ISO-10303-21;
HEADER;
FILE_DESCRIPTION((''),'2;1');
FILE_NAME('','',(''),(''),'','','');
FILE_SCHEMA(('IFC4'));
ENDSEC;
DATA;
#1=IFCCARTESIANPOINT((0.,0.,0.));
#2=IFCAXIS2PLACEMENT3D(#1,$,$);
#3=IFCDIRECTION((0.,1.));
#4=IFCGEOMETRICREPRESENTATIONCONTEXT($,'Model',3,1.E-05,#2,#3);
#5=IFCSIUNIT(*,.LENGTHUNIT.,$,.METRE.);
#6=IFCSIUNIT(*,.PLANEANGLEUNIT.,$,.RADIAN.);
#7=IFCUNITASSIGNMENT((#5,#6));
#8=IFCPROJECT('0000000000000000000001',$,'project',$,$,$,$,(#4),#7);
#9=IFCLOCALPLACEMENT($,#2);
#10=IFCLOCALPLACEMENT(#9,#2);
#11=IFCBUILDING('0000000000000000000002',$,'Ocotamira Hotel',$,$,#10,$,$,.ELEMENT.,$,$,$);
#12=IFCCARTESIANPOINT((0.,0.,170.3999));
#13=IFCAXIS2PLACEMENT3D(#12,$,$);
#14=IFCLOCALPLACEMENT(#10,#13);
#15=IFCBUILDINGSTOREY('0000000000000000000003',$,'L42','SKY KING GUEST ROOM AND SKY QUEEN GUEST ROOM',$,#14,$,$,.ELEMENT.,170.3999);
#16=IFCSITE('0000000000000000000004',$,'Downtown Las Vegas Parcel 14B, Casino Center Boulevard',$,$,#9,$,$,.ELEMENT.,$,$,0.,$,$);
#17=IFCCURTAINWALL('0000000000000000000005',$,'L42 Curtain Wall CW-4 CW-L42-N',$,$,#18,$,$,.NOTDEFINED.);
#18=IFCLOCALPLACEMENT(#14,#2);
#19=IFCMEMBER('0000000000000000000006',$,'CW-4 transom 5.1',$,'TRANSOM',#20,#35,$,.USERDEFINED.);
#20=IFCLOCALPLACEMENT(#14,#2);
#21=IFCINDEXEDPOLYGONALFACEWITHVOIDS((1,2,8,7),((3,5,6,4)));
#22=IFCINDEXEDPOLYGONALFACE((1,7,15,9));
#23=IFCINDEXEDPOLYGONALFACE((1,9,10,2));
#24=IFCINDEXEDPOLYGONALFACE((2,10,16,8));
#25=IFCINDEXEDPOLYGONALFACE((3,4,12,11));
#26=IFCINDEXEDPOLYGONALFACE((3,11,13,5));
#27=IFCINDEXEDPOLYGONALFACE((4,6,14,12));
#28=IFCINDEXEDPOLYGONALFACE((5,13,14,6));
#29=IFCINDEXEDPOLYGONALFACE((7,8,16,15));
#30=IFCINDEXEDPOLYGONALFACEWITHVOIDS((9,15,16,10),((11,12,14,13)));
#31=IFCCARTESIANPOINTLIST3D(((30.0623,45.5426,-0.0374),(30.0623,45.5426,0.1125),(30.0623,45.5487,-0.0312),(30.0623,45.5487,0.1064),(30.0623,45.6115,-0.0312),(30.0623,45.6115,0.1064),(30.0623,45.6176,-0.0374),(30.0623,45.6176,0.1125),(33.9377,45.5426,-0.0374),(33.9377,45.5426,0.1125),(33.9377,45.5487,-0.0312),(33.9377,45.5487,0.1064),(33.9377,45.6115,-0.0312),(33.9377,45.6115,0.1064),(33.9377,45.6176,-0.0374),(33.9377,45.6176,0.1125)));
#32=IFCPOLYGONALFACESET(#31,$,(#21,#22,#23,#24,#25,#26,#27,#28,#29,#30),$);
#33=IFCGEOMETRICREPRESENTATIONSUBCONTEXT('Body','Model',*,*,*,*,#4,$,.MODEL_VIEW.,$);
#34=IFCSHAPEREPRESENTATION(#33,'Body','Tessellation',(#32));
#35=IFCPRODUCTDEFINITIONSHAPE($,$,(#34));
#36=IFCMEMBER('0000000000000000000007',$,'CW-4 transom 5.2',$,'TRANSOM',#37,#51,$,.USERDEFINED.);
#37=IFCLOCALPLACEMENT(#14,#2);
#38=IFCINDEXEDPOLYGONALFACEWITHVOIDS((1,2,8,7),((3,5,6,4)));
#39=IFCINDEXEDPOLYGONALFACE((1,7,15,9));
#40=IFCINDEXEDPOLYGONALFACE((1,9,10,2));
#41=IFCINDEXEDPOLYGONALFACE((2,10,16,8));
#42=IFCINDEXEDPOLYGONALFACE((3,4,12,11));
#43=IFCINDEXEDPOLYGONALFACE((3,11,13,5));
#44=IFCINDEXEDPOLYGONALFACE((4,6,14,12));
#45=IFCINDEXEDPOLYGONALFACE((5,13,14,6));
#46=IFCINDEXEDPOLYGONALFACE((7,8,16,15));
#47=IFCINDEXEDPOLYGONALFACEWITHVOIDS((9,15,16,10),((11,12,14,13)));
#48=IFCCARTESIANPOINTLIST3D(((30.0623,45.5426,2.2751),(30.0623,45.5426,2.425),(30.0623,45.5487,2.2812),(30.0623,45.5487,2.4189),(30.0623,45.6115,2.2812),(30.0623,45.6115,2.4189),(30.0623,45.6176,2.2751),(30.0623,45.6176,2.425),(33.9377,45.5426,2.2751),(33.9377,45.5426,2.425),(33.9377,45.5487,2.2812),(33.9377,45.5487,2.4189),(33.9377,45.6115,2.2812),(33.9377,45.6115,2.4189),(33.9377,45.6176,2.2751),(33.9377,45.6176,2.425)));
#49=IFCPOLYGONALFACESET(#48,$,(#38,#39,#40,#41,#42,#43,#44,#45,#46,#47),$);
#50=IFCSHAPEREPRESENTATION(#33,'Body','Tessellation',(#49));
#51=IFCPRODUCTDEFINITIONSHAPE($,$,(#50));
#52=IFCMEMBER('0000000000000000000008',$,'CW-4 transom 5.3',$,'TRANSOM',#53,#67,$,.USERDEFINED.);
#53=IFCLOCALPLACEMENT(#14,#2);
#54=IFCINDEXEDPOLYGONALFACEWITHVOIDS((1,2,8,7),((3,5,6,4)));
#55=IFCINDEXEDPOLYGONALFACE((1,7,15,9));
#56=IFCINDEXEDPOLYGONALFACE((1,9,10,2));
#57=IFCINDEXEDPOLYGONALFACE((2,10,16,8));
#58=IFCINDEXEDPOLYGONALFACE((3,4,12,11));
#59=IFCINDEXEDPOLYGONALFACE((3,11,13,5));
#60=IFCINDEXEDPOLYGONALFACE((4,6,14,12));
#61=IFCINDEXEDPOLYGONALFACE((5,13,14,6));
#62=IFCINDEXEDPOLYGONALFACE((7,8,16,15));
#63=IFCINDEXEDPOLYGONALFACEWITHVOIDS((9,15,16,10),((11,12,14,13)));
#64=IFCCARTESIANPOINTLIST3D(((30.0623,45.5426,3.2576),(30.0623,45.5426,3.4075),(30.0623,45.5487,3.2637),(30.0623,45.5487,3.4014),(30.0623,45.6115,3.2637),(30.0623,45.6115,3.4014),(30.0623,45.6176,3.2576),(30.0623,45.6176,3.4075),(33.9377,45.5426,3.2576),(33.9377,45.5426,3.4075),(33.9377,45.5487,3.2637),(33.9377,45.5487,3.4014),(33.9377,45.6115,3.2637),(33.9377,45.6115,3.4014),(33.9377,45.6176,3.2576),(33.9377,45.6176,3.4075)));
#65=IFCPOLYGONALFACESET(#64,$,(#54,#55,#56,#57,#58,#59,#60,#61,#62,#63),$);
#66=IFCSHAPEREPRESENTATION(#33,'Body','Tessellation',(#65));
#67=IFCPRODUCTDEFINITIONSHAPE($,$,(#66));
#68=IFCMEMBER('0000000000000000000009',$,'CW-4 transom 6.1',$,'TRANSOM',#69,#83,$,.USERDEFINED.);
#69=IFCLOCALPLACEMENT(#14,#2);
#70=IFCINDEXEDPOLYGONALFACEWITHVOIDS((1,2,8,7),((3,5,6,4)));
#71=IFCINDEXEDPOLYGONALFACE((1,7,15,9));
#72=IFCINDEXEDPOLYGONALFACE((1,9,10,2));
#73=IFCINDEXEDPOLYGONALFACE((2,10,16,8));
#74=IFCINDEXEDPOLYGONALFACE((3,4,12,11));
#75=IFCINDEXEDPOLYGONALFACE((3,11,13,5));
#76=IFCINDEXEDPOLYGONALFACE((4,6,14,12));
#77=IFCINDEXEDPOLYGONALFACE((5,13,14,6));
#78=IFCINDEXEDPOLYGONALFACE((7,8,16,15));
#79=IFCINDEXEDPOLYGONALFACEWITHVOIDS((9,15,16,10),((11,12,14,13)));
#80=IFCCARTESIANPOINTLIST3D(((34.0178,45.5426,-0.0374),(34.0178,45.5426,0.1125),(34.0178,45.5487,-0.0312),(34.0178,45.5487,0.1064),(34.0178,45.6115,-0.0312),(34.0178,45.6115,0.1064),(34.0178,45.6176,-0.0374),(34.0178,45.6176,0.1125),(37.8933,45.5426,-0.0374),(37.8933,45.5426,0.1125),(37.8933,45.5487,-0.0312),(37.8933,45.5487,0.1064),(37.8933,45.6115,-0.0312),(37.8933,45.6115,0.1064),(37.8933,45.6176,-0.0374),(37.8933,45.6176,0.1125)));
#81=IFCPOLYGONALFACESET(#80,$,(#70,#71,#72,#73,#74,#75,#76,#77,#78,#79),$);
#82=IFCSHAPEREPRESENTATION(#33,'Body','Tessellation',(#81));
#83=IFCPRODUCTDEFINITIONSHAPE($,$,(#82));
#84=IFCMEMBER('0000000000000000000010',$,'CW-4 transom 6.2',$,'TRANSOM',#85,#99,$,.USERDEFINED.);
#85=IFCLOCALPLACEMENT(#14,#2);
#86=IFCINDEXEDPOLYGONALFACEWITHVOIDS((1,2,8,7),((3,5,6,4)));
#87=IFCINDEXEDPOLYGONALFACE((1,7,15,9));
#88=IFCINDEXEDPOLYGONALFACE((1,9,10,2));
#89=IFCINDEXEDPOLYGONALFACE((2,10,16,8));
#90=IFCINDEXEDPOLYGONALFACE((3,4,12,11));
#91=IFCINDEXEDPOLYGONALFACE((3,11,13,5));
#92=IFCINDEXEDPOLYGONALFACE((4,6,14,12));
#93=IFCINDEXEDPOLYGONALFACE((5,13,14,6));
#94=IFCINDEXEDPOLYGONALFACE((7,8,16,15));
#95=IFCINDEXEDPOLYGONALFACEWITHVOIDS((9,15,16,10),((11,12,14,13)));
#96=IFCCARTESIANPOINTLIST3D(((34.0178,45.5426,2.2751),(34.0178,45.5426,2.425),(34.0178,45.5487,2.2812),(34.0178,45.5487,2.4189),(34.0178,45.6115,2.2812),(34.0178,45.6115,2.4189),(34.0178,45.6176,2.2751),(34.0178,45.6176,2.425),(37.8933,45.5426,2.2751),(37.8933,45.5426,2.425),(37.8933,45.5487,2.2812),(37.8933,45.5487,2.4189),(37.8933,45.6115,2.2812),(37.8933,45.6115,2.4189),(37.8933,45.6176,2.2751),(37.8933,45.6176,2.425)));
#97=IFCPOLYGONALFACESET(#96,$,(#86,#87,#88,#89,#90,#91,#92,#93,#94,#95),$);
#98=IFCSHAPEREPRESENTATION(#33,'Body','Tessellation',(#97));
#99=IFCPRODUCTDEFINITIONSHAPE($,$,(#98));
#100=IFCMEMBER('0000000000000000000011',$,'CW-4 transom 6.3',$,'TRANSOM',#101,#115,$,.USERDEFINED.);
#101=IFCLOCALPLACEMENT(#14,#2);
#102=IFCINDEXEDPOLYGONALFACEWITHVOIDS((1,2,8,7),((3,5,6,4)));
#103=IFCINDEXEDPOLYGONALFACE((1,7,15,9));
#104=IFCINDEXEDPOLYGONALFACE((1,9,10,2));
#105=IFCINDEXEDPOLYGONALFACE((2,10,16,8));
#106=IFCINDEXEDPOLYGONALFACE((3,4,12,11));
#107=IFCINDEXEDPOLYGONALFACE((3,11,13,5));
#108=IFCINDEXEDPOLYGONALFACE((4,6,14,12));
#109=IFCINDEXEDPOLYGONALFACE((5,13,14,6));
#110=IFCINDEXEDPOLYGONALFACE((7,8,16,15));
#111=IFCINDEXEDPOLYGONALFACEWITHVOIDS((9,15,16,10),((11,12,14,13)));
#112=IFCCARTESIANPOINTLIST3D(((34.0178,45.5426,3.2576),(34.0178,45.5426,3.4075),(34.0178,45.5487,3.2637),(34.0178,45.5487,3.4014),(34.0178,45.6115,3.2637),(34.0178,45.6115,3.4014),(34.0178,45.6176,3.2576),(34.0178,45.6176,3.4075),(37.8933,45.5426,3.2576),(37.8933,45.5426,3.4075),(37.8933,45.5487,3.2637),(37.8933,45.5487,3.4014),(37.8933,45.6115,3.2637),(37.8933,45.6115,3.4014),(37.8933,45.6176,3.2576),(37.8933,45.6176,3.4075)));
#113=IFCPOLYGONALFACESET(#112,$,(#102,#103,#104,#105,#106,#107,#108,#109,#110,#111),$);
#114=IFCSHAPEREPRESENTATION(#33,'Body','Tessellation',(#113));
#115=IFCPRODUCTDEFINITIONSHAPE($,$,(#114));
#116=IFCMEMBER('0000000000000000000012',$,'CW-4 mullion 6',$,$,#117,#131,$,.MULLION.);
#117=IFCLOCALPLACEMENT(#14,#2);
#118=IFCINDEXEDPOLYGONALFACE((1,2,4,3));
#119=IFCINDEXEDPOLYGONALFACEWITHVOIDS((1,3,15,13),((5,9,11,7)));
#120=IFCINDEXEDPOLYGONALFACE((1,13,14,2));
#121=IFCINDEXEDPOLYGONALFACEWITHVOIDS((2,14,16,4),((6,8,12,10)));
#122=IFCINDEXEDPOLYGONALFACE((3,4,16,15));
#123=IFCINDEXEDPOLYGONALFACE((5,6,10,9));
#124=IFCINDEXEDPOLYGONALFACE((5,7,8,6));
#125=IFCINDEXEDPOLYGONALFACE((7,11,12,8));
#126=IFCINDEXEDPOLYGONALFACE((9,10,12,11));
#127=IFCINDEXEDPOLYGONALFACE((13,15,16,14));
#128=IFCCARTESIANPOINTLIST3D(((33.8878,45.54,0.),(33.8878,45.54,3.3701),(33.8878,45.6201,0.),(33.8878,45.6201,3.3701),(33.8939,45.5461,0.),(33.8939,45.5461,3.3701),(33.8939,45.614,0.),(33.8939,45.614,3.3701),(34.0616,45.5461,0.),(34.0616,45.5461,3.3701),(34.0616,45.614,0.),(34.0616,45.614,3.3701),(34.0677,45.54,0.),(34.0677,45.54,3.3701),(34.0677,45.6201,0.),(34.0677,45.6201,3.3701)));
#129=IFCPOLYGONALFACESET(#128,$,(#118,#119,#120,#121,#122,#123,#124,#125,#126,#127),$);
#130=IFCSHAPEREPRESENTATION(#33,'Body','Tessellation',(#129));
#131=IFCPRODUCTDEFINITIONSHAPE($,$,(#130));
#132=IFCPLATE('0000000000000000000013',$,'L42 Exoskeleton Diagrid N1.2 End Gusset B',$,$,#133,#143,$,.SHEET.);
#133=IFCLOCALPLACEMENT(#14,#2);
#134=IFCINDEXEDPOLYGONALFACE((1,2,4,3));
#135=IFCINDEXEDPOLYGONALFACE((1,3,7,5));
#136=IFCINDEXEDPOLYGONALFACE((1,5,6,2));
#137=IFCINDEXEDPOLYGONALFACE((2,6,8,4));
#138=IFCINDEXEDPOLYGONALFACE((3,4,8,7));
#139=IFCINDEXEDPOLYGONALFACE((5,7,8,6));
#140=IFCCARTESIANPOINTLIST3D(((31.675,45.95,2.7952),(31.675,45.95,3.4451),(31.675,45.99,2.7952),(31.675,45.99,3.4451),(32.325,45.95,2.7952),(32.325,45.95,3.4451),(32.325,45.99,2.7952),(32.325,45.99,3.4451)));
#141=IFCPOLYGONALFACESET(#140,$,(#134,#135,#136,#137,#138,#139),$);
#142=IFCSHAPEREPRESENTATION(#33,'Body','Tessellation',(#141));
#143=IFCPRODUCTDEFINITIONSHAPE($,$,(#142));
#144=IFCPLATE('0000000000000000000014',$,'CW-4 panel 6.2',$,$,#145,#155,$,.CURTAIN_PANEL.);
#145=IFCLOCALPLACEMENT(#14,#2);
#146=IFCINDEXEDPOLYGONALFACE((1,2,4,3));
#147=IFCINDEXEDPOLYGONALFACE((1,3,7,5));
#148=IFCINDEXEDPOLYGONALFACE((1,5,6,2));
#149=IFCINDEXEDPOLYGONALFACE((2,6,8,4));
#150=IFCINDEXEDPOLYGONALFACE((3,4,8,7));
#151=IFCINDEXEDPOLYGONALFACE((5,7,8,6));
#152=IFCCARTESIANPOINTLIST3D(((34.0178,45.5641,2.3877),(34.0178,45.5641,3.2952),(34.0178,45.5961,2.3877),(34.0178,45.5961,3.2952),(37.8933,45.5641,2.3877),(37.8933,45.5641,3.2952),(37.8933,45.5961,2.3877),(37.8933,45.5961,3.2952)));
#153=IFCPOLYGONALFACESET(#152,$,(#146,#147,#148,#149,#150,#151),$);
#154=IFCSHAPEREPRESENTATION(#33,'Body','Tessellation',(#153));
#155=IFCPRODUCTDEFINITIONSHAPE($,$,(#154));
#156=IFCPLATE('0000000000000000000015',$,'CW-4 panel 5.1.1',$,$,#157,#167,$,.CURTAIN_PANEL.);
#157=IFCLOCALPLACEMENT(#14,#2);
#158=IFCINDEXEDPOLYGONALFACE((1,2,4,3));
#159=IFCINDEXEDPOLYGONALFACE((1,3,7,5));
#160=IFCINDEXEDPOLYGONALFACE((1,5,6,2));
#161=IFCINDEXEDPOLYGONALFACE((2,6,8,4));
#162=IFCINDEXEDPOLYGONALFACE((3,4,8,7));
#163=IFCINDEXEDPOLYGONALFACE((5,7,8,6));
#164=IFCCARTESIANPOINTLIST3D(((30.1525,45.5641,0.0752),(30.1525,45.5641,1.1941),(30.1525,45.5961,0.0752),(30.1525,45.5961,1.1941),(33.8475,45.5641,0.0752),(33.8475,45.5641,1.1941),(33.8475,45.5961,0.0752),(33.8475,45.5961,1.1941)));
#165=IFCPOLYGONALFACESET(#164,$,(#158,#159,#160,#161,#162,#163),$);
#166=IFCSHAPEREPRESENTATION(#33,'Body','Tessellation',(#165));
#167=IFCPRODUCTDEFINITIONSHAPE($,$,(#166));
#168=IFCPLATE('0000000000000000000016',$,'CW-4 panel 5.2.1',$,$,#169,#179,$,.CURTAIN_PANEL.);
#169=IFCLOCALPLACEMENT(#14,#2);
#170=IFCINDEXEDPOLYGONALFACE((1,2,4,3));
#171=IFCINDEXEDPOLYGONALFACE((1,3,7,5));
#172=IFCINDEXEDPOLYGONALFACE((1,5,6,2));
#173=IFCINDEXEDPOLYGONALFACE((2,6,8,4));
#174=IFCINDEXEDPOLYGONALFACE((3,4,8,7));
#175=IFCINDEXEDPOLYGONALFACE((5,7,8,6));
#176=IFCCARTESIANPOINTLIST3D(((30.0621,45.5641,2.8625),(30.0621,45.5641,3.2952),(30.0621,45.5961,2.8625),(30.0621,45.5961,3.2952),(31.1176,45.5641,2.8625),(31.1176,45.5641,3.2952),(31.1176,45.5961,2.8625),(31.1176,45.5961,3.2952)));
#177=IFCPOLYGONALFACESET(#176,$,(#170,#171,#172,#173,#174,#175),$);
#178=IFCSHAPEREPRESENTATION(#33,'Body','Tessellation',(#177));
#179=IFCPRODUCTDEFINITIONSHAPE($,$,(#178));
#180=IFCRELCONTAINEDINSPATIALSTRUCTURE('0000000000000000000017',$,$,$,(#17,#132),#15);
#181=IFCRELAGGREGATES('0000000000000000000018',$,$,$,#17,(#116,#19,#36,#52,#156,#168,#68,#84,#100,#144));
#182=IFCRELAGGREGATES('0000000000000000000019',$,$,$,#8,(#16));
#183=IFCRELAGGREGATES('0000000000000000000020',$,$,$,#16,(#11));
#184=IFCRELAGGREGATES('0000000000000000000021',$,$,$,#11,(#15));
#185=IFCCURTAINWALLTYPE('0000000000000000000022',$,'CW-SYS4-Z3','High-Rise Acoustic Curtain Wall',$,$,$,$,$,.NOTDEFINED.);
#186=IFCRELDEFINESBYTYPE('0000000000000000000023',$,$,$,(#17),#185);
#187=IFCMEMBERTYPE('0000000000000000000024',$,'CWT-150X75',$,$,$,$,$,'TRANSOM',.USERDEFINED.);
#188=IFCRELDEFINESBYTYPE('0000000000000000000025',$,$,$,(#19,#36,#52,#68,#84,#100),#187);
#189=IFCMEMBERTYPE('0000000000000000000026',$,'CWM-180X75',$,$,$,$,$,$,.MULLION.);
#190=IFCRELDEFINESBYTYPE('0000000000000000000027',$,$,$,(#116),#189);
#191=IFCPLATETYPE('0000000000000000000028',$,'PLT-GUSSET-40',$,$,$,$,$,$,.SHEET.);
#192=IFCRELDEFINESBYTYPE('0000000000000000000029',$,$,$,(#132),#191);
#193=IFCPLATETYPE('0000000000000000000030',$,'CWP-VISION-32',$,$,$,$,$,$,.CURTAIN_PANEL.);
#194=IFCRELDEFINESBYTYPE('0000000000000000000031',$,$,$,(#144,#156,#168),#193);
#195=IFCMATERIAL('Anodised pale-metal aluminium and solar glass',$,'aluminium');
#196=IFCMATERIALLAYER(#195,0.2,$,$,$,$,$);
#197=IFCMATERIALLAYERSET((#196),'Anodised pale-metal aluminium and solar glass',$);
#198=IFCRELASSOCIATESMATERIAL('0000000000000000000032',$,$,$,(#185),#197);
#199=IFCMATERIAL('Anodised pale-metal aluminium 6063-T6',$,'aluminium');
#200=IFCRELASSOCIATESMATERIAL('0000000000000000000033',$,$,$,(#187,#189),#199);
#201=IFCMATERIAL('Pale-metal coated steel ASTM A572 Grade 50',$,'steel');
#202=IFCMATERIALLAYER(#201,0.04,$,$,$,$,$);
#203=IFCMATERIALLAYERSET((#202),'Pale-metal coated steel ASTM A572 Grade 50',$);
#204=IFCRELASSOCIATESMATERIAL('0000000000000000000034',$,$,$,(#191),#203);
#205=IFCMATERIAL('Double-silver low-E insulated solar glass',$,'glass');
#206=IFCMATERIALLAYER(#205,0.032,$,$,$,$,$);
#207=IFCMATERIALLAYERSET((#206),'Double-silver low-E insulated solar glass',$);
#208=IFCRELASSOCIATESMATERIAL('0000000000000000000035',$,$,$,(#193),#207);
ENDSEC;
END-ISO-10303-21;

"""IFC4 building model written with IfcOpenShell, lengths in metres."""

from ifc_helpers import new_model, si_unit, direction, frame, origin, origin_2d, place, context, subcontext, project, spatial, rectangle, hollow_rectangle, extrude, source, transform, mapped, material, layer, layer_set, material_profile, profile_set, type_object, element, aggregate, save


model = new_model("IFC4")

# Units and contexts
model_context = context("Model", 3, precision=1e-05, world=origin(), true_north=direction((0.0, 1.0)))
body_context = subcontext(model_context, "Body", "Model", "MODEL_VIEW")
ifc_project = project(units=[si_unit("LENGTHUNIT", "METRE"), si_unit("PLANEANGLEUNIT", "RADIAN")], contexts=[model_context])

# Site, building, storey
site_placement = place(None, origin())
site = spatial("IfcSite", under=ifc_project, at=site_placement, Name="Downtown Las Vegas Parcel 14B, Casino Center Boulevard", CompositionType="ELEMENT", RefElevation=0.0)
building_placement = place(site_placement, origin())
building = spatial("IfcBuilding", under=site, at=building_placement, Name="Ocotamira Hotel", CompositionType="ELEMENT")
storey_placement = place(building_placement, frame((0.0, 0.0, 170.3999)))
storey = spatial("IfcBuildingStorey", under=building, at=storey_placement, Name="L42", Description="SKY KING GUEST ROOM AND SKY QUEEN GUEST ROOM", CompositionType="ELEMENT", Elevation=170.3999)

# Curtain wall, members
ifc_material_1 = material(Name="Anodised pale-metal aluminium and solar glass", Category="aluminium")
ifc_layer_1 = layer(ifc_material_1, 0.2)
ifc_layer_set_1 = layer_set([ifc_layer_1], Name="Anodised pale-metal aluminium and solar glass")
curtain_wall_type = type_object("IfcCurtainWallType", Name="CW-SYS4-Z3", Description="High-Rise Acoustic Curtain Wall", PredefinedType="NOTDEFINED", material=ifc_layer_set_1)
curtain_wall_placement = place(storey_placement, origin())
curtain_wall = element("IfcCurtainWall", 1, at=curtain_wall_placement, inside=storey, type_object=curtain_wall_type, Name="L42 Curtain Wall CW-4 CW-L42-N", PredefinedType="NOTDEFINED")
ifc_material_2 = material(Name="Anodised pale-metal aluminium 6063-T6", Category="aluminium")
ifc_material_profile_1 = material_profile(ifc_material_2, hollow_rectangle(XDim=0.075, YDim=0.1499, WallThickness=0.0061, at=origin_2d()), Name="HSS150X75X6")
ifc_profile_set_1 = profile_set([ifc_material_profile_1], Name="Anodised pale-metal aluminium 6063-T6")
member_type_1 = type_object("IfcMemberType", Name="CWT-150X75", ElementType="TRANSOM", PredefinedType="USERDEFINED", material=ifc_profile_set_1)
shared_shape_1 = source(origin(), body_context, "Body", "SweptSolid", [
    extrude(hollow_rectangle(XDim=0.075, YDim=0.1499, WallThickness=0.0061, at=origin_2d()), origin(), (0.0, 0.0, 1.0), 3.8755),
])
member_1_placement = place(storey_placement, frame((30.0623, 45.5801, 0.0376), z_axis=(1.0, 0.0, 0.0), x_axis=(0.0, 1.0, 0.0)))
member_1 = element("IfcMember", 2, at=member_1_placement, type_object=member_type_1, Name="CW-4 transom 5.1", ObjectType="TRANSOM", PredefinedType="USERDEFINED", context=body_context, shape_type="MappedRepresentation", body=[
    mapped(shared_shape_1, transform((0.0, 0.0, 0.0), scale=1.0)),
])
member_2_placement = place(storey_placement, frame((30.0623, 45.5801, 2.3501), z_axis=(1.0, 0.0, 0.0), x_axis=(0.0, 1.0, 0.0)))
member_2 = element("IfcMember", 3, at=member_2_placement, type_object=member_type_1, Name="CW-4 transom 5.2", ObjectType="TRANSOM", PredefinedType="USERDEFINED", context=body_context, shape_type="MappedRepresentation", body=[
    mapped(shared_shape_1, transform((0.0, 0.0, 0.0), scale=1.0)),
])
member_3_placement = place(storey_placement, frame((30.0623, 45.5801, 3.3325), z_axis=(1.0, 0.0, 0.0), x_axis=(0.0, 1.0, 0.0)))
member_3 = element("IfcMember", 4, at=member_3_placement, type_object=member_type_1, Name="CW-4 transom 5.3", ObjectType="TRANSOM", PredefinedType="USERDEFINED", context=body_context, shape_type="MappedRepresentation", body=[
    mapped(shared_shape_1, transform((0.0, 0.0, 0.0), scale=1.0)),
])
member_4_placement = place(storey_placement, frame((34.0178, 45.5801, 0.0376), z_axis=(1.0, 0.0, 0.0), x_axis=(0.0, 1.0, 0.0)))
member_4 = element("IfcMember", 5, at=member_4_placement, type_object=member_type_1, Name="CW-4 transom 6.1", ObjectType="TRANSOM", PredefinedType="USERDEFINED", context=body_context, shape_type="MappedRepresentation", body=[
    mapped(shared_shape_1, transform((0.0, 0.0, 0.0), scale=1.0)),
])
member_5_placement = place(storey_placement, frame((34.0178, 45.5801, 2.3501), z_axis=(1.0, 0.0, 0.0), x_axis=(0.0, 1.0, 0.0)))
member_5 = element("IfcMember", 6, at=member_5_placement, type_object=member_type_1, Name="CW-4 transom 6.2", ObjectType="TRANSOM", PredefinedType="USERDEFINED", context=body_context, shape_type="MappedRepresentation", body=[
    mapped(shared_shape_1, transform((0.0, 0.0, 0.0), scale=1.0)),
])
member_6_placement = place(storey_placement, frame((34.0178, 45.5801, 3.3325), z_axis=(1.0, 0.0, 0.0), x_axis=(0.0, 1.0, 0.0)))
member_6 = element("IfcMember", 7, at=member_6_placement, type_object=member_type_1, Name="CW-4 transom 6.3", ObjectType="TRANSOM", PredefinedType="USERDEFINED", context=body_context, shape_type="MappedRepresentation", body=[
    mapped(shared_shape_1, transform((0.0, 0.0, 0.0), scale=1.0)),
])
ifc_material_profile_2 = material_profile(ifc_material_2, hollow_rectangle(XDim=0.0801, YDim=0.1799, WallThickness=0.0061, at=origin_2d()), Name="HSS180X80X6")
ifc_profile_set_2 = profile_set([ifc_material_profile_2], Name="Anodised pale-metal aluminium 6063-T6")
member_type_2 = type_object("IfcMemberType", Name="CWM-180X75", PredefinedType="MULLION", material=ifc_profile_set_2)
shared_shape_2 = source(origin(), body_context, "Body", "SweptSolid", [
    extrude(hollow_rectangle(XDim=0.0801, YDim=0.1799, WallThickness=0.0061, at=origin_2d()), origin(), (0.0, 0.0, 1.0), 3.3701),
])
member_7_placement = place(storey_placement, frame((33.9778, 45.5801, 0.0), z_axis=(0.0, 0.0, 1.0), x_axis=(0.0, 1.0, 0.0)))
member_7 = element("IfcMember", 8, at=member_7_placement, type_object=member_type_2, Name="CW-4 mullion 6", PredefinedType="MULLION", context=body_context, shape_type="MappedRepresentation", body=[
    mapped(shared_shape_2, transform((0.0, 0.0, 0.0), scale=1.0)),
])

# Plates
ifc_material_3 = material(Name="Pale-metal coated steel ASTM A572 Grade 50", Category="steel")
ifc_layer_2 = layer(ifc_material_3, 0.04)
ifc_layer_set_2 = layer_set([ifc_layer_2], Name="Pale-metal coated steel ASTM A572 Grade 50")
plate_type_1 = type_object("IfcPlateType", Name="PLT-GUSSET-40", PredefinedType="SHEET", material=ifc_layer_set_2)
shared_shape_3 = source(origin(), body_context, "Body", "SweptSolid", [
    extrude(rectangle(XDim=0.6499, YDim=0.04, at=origin_2d()), origin(), (0.0, 0.0, 1.0), 0.6499),
])
plate_1_placement = place(storey_placement, frame((32.0, 45.97, 2.7952), z_axis=(0.0, 0.0, 1.0), x_axis=(1.0, 0.0, 0.0)))
element("IfcPlate", 9, at=plate_1_placement, inside=storey, type_object=plate_type_1, Name="L42 Exoskeleton Diagrid N1.2 End Gusset B", PredefinedType="SHEET", context=body_context, shape_type="MappedRepresentation", body=[
    mapped(shared_shape_3, transform((0.0, 0.0, 0.0), scale=1.0)),
])
ifc_material_4 = material(Name="Double-silver low-E insulated solar glass", Category="glass")
ifc_layer_3 = layer(ifc_material_4, 0.032)
ifc_layer_set_3 = layer_set([ifc_layer_3], Name="Double-silver low-E insulated solar glass")
plate_type_2 = type_object("IfcPlateType", Name="CWP-VISION-32", PredefinedType="CURTAIN_PANEL", material=ifc_layer_set_3)
shared_shape_4 = source(origin(), body_context, "Body", "SweptSolid", [
    extrude(rectangle(XDim=3.8755, YDim=0.032, at=origin_2d()), origin(), (0.0, 0.0, 1.0), 0.9075),
])
plate_2_placement = place(storey_placement, frame((35.9556, 45.5801, 2.3877), z_axis=(0.0, 0.0, 1.0), x_axis=(1.0, 0.0, 0.0)))
plate_2 = element("IfcPlate", 10, at=plate_2_placement, type_object=plate_type_2, Name="CW-4 panel 6.2", PredefinedType="CURTAIN_PANEL", context=body_context, shape_type="MappedRepresentation", body=[
    mapped(shared_shape_4, transform((0.0, 0.0, 0.0), scale=1.0)),
])
shared_shape_5 = source(origin(), body_context, "Body", "SweptSolid", [
    extrude(rectangle(XDim=3.6951, YDim=0.032, at=origin_2d()), origin(), (0.0, 0.0, 1.0), 1.1189),
])
plate_3_placement = place(storey_placement, frame((32.0, 45.5801, 0.0752), z_axis=(0.0, 0.0, 1.0), x_axis=(1.0, 0.0, 0.0)))
plate_3 = element("IfcPlate", 11, at=plate_3_placement, type_object=plate_type_2, Name="CW-4 panel 5.1.1", PredefinedType="CURTAIN_PANEL", context=body_context, shape_type="MappedRepresentation", body=[
    mapped(shared_shape_5, transform((0.0, 0.0, 0.0), scale=1.0)),
])
shared_shape_6 = source(origin(), body_context, "Body", "SweptSolid", [
    extrude(rectangle(XDim=1.0554, YDim=0.032, at=origin_2d()), origin(), (0.0, 0.0, 1.0), 0.4326),
])
plate_4_placement = place(storey_placement, frame((30.5898, 45.5801, 2.8625), z_axis=(0.0, 0.0, 1.0), x_axis=(1.0, 0.0, 0.0)))
plate_4 = element("IfcPlate", 12, at=plate_4_placement, type_object=plate_type_2, Name="CW-4 panel 5.2.1", PredefinedType="CURTAIN_PANEL", context=body_context, shape_type="MappedRepresentation", body=[
    mapped(shared_shape_6, transform((0.0, 0.0, 0.0), scale=1.0)),
])
aggregate(curtain_wall, [member_7, member_1, member_2, member_3, plate_3, plate_4, member_4, member_5, member_6, plate_2])

save(model, "model.ifc")
